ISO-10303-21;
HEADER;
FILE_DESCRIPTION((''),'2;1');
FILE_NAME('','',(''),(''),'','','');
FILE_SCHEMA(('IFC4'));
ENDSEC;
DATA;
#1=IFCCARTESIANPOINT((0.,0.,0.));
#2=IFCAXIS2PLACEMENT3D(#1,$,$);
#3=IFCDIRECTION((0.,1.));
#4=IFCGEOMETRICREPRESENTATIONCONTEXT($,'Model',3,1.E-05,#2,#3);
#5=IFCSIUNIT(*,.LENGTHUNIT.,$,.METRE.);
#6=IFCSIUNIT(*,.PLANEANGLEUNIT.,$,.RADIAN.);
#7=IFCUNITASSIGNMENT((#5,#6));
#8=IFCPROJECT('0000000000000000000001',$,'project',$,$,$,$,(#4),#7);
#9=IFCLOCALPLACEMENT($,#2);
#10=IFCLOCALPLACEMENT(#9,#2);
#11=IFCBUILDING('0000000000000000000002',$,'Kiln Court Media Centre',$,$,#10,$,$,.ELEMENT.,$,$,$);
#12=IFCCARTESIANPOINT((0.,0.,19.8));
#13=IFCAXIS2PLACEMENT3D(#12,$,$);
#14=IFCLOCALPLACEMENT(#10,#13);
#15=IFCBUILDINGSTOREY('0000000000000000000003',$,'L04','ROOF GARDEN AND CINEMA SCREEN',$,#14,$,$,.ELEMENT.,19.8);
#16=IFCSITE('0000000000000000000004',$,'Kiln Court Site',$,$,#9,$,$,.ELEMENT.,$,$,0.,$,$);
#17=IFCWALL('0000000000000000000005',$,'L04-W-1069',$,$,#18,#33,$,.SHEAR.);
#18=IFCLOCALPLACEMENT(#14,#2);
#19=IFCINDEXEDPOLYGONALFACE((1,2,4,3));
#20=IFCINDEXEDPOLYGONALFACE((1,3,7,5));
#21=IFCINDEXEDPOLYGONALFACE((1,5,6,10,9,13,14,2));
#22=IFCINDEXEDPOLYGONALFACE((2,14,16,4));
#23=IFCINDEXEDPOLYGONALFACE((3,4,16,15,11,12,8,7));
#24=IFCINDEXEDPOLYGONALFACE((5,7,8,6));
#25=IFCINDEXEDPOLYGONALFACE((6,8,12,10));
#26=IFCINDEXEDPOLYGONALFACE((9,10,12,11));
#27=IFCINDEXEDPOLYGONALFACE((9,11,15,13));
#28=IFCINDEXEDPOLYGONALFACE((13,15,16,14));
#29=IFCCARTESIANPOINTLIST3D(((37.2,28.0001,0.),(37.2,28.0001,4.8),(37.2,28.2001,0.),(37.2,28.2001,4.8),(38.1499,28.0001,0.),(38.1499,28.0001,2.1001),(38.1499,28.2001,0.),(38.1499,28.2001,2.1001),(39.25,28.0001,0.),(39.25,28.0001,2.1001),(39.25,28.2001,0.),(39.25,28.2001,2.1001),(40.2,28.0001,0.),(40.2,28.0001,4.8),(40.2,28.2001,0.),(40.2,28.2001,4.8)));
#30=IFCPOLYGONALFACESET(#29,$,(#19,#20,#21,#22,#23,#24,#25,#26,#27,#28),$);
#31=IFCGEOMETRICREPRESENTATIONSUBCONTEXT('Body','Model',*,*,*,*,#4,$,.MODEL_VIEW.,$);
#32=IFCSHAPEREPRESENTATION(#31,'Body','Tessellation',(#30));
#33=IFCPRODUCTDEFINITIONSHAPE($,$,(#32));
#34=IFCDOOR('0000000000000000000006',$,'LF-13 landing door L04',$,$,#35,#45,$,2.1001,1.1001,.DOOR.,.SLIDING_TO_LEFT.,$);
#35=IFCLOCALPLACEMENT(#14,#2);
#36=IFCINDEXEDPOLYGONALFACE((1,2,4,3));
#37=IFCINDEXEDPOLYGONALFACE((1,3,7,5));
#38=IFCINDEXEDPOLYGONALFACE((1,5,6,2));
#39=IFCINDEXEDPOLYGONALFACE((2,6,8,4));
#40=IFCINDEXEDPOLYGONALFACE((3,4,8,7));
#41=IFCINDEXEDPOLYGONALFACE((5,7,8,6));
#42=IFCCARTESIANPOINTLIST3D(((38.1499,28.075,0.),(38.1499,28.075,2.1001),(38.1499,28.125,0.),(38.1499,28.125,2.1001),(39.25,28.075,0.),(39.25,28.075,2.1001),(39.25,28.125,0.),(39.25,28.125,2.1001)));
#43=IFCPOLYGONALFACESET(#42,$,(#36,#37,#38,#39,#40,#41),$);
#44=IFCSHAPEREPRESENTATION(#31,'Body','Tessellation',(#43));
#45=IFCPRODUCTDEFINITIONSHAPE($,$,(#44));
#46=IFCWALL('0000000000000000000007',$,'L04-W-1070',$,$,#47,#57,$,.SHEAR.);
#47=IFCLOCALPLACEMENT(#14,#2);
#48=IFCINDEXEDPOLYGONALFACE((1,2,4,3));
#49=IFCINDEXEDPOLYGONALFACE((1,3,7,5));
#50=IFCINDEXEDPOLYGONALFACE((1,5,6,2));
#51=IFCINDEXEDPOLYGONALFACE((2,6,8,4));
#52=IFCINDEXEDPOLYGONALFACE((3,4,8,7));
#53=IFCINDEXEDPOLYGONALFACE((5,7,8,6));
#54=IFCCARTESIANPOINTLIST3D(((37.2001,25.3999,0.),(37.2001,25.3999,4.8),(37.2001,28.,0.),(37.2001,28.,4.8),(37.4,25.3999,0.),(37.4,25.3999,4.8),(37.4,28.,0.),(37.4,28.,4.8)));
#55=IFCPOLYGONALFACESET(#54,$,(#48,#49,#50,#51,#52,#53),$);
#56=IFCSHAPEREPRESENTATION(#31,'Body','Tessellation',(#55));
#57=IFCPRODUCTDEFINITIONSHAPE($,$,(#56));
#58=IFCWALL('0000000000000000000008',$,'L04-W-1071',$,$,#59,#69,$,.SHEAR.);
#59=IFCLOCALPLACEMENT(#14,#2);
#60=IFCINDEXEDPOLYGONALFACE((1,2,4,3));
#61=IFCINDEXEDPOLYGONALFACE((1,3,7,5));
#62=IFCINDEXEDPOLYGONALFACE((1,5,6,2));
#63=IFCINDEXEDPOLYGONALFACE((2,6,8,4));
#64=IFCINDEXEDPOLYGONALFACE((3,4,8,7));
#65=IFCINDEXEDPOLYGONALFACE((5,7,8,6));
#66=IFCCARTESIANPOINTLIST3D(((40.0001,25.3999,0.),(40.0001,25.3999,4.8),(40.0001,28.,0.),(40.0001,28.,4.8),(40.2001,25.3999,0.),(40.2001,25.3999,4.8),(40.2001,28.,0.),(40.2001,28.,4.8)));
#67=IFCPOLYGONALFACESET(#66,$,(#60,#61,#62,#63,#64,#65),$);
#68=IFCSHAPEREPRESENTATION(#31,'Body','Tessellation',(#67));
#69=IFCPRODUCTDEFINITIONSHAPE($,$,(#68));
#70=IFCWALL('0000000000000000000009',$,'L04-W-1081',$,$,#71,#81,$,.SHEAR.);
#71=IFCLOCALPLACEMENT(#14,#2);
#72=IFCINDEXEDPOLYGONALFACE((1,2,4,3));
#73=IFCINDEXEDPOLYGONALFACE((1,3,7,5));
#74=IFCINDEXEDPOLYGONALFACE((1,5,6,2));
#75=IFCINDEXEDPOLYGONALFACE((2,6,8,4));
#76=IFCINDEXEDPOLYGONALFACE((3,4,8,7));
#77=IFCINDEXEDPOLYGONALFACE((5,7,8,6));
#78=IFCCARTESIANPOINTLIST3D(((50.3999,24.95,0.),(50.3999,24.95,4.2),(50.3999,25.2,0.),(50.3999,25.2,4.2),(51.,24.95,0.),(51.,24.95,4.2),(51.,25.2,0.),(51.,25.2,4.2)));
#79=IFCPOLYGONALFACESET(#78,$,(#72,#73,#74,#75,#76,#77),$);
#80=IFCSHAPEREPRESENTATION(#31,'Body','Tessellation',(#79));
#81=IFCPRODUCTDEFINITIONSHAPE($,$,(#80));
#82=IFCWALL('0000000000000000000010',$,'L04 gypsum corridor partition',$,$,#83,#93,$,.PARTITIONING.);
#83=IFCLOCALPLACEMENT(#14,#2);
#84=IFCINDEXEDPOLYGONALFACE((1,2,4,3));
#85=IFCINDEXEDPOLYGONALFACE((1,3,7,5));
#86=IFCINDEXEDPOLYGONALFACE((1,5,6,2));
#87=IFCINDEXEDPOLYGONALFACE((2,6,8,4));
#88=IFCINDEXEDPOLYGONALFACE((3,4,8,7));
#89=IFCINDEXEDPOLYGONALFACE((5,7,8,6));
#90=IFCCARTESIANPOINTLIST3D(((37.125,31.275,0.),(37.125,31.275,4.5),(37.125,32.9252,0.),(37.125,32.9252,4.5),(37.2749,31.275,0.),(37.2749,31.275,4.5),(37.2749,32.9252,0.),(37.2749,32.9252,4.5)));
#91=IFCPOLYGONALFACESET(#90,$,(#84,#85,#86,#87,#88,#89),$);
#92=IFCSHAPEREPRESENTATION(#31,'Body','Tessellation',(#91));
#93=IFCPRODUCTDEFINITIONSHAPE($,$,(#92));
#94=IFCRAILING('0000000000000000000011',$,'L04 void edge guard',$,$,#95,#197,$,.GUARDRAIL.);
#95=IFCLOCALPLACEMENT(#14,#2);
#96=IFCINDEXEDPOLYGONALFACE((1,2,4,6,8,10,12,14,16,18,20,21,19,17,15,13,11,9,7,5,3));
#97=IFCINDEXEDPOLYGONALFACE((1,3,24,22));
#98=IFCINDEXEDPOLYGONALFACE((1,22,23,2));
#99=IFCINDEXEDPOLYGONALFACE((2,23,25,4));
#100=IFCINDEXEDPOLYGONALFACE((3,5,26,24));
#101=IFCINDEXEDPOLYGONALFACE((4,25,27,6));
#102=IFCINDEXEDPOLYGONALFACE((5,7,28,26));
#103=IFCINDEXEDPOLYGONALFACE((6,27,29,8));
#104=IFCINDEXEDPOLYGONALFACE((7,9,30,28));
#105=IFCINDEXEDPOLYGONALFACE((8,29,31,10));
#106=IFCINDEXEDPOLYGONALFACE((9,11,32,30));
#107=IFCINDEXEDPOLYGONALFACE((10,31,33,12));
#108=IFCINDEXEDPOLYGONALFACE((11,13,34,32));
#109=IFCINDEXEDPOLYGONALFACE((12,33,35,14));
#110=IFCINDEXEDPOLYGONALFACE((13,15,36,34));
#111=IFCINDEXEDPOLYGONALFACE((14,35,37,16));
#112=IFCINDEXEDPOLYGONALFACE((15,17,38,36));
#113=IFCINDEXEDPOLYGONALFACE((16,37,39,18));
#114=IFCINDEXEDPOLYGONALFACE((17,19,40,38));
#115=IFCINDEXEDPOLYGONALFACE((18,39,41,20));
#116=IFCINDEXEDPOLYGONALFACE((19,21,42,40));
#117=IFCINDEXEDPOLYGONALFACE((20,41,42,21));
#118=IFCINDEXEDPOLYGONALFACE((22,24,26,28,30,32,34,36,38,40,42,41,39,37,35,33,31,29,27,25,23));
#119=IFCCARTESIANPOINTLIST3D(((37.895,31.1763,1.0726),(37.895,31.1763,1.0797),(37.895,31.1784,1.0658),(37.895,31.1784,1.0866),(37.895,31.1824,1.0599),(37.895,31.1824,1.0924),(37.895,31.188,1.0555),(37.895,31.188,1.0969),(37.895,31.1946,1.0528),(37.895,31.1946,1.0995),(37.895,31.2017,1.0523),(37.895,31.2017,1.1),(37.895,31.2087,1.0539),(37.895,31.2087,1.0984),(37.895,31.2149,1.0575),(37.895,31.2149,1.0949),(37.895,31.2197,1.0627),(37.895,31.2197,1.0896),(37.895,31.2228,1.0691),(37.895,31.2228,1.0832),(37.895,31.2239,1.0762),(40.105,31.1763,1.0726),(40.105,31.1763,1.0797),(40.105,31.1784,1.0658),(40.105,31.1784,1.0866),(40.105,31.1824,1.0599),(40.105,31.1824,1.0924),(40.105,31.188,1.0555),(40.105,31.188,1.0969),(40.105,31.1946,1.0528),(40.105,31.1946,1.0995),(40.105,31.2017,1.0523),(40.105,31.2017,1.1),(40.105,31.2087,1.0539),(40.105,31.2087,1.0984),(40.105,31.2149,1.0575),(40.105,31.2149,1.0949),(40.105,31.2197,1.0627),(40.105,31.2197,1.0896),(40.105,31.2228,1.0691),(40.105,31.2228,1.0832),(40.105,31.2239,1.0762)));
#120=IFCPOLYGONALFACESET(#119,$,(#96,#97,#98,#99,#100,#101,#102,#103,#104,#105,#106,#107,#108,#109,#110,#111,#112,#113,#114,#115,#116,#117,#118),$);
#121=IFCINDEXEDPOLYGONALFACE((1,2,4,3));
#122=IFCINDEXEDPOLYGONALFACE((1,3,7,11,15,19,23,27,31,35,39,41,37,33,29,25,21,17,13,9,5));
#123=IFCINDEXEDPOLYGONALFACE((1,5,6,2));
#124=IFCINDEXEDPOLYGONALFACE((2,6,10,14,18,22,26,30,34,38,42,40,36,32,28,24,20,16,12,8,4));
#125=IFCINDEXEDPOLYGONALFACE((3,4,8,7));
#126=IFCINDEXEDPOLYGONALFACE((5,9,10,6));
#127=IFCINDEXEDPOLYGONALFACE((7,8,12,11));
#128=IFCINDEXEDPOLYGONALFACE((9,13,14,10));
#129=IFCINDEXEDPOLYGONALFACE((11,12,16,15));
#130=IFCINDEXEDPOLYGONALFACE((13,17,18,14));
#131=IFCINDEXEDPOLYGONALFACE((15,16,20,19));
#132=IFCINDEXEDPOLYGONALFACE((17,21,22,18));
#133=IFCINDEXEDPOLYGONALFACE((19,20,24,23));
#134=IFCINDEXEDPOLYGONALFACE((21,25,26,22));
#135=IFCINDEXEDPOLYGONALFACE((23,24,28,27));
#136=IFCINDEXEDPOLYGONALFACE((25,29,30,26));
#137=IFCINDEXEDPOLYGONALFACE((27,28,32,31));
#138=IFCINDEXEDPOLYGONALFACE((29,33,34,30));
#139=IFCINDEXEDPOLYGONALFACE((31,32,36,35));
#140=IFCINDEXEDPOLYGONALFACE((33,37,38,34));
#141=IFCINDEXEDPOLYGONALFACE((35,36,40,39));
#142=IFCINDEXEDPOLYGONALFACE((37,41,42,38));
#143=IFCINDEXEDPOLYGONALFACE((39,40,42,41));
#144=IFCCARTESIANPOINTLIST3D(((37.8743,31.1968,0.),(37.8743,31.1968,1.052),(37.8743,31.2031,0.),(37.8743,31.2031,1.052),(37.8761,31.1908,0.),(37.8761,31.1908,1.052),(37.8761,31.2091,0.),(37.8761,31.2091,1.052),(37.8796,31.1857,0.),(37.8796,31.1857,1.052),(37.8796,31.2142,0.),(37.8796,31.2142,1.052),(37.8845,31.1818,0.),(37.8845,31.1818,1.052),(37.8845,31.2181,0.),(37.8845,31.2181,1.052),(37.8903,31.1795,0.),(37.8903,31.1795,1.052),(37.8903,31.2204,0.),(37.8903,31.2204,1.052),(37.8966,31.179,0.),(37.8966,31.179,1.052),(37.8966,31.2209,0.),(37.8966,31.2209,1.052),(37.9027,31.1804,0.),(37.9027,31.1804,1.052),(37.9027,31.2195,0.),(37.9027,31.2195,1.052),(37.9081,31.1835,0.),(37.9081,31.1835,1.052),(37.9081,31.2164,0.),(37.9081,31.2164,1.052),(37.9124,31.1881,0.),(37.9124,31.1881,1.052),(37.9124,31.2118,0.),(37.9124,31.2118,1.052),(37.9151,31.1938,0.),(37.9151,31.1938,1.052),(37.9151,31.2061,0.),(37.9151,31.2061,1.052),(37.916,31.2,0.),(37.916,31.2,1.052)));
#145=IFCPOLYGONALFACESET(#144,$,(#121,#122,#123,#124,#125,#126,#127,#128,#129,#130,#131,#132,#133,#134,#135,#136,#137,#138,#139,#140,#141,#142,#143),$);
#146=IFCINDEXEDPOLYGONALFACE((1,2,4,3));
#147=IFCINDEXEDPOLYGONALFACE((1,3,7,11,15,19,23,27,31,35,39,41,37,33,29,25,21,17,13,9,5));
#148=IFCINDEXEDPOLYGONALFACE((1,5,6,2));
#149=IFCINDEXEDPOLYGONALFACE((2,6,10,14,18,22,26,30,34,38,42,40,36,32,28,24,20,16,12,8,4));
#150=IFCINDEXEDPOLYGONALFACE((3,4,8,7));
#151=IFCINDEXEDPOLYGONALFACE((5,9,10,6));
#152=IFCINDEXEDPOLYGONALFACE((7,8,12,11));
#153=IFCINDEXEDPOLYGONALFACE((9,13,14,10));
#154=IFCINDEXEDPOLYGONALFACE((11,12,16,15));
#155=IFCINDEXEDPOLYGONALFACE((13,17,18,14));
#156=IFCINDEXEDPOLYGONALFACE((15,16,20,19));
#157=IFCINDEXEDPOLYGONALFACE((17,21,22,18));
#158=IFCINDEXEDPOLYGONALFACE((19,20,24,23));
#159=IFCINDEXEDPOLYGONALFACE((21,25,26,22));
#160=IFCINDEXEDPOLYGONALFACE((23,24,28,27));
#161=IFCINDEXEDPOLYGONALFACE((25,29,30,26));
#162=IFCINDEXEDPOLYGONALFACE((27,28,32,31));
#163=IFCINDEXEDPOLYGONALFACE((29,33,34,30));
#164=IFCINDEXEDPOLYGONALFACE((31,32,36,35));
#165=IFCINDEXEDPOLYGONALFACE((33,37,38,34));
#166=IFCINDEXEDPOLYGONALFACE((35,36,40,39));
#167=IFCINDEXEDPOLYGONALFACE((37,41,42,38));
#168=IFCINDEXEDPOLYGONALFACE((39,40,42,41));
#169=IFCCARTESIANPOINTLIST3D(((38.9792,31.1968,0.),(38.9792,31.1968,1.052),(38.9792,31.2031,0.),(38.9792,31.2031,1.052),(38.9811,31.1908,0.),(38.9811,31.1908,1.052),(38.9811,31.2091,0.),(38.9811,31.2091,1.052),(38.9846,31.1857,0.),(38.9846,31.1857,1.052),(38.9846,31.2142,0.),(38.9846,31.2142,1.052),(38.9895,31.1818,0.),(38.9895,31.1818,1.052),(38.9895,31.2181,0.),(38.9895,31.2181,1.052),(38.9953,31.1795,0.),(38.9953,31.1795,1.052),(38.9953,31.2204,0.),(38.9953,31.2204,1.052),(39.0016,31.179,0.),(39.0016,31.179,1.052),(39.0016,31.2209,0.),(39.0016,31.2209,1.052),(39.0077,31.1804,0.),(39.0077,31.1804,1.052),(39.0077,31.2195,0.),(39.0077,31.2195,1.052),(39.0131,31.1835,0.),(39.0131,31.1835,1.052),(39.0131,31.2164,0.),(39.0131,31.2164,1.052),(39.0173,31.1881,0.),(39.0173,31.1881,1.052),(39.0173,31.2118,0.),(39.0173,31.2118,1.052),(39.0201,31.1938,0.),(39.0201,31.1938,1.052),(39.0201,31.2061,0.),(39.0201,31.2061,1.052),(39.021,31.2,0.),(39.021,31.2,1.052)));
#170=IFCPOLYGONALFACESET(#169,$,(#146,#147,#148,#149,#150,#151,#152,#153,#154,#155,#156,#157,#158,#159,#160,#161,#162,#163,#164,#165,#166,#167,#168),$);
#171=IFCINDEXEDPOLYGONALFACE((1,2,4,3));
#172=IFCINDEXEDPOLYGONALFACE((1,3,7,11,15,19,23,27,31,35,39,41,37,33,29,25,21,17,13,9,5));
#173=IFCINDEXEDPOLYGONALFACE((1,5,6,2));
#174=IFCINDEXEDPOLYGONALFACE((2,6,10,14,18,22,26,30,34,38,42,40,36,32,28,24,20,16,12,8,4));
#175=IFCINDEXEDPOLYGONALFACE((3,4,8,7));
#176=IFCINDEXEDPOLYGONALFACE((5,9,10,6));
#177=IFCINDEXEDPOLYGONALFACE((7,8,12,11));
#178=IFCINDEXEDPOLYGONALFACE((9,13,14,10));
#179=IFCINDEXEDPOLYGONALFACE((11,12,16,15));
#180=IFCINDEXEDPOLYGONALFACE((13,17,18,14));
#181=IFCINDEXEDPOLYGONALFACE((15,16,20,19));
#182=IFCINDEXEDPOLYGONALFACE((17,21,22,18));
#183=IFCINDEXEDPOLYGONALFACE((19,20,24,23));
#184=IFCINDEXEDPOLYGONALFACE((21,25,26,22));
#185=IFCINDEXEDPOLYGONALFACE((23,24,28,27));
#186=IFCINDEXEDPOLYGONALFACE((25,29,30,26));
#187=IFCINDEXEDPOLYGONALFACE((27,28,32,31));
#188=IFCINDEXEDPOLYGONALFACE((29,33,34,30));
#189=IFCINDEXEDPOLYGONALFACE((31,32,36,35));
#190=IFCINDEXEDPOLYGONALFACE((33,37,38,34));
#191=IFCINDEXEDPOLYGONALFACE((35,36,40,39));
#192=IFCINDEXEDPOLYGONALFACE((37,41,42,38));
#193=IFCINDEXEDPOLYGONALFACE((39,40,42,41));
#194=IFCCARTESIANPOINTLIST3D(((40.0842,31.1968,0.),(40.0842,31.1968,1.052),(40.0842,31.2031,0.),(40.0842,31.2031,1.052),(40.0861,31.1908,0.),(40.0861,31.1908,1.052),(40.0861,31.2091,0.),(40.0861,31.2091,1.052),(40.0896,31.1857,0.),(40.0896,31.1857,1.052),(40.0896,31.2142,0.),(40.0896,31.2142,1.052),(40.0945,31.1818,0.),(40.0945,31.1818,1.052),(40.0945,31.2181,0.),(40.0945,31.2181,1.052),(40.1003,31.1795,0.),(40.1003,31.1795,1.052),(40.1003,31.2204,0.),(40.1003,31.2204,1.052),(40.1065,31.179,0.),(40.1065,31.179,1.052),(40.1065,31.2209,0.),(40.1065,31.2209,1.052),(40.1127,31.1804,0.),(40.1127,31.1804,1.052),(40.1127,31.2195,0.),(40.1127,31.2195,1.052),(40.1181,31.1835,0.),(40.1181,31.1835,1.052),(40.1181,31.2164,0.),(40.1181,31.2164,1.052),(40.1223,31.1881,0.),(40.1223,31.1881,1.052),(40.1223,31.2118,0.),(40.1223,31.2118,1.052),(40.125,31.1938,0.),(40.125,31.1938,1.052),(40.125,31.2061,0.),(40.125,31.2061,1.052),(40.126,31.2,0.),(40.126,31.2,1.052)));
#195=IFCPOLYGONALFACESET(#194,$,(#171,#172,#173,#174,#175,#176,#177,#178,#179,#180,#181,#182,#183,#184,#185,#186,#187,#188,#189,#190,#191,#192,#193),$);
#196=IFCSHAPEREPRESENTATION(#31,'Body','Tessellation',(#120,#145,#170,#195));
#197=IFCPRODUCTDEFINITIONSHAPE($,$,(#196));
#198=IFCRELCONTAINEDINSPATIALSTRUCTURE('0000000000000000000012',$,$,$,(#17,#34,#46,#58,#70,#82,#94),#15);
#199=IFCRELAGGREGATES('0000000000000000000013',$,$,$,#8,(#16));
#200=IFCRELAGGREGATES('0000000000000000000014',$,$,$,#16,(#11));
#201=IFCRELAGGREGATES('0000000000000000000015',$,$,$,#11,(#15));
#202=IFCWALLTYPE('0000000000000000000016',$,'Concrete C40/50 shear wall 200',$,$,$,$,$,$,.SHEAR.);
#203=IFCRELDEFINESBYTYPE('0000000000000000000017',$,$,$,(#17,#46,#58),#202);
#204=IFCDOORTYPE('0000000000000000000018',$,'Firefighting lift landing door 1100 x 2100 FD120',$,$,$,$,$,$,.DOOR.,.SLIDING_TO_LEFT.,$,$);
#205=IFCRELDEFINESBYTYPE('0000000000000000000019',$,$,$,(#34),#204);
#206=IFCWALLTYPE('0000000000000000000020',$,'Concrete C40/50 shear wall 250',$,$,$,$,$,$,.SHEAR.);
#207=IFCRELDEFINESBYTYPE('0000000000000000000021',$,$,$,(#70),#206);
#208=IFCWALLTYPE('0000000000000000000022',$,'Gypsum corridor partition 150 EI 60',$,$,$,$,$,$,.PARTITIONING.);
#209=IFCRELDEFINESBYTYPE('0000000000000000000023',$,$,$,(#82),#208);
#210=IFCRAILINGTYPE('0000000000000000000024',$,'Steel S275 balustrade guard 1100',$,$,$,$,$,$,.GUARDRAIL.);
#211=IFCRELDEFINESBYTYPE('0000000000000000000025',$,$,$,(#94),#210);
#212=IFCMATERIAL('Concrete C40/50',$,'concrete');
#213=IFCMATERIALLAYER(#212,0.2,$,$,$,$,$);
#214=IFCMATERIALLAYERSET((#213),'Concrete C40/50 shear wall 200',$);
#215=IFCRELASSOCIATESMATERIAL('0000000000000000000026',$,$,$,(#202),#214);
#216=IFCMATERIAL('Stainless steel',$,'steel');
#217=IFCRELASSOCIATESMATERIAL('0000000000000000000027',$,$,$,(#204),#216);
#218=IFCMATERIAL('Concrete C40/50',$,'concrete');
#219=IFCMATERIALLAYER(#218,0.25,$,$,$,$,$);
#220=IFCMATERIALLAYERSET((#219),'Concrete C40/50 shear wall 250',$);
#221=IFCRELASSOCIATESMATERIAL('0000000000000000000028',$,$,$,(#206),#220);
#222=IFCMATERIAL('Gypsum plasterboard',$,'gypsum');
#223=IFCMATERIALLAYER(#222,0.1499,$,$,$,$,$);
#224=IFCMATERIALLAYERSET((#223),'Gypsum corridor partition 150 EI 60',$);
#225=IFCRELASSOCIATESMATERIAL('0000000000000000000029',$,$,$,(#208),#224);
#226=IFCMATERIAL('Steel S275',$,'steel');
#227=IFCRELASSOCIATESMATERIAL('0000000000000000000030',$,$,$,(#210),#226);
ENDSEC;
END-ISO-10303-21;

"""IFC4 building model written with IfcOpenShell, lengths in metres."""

from ifc_helpers import new_model, si_unit, direction, frame, frame_2d, origin, origin_2d, place, context, subcontext, project, spatial, rectangle, circle, extrude, material, layer, layer_set, type_object, element, fill, save


model = new_model("IFC4")

# Units and contexts
model_context = context("Model", 3, precision=1e-05, world=origin(), true_north=direction((0.0, 1.0)))
body_context = subcontext(model_context, "Body", "Model", "MODEL_VIEW")
ifc_project = project(units=[si_unit("LENGTHUNIT", "METRE"), si_unit("PLANEANGLEUNIT", "RADIAN")], contexts=[model_context])

# Site, building, storey
site_placement = place(None, origin())
site = spatial("IfcSite", under=ifc_project, at=site_placement, Name="Kiln Court Site", CompositionType="ELEMENT", RefElevation=0.0)
building_placement = place(site_placement, origin())
building = spatial("IfcBuilding", under=site, at=building_placement, Name="Kiln Court Media Centre", CompositionType="ELEMENT")
storey_placement = place(building_placement, frame((0.0, 0.0, 19.8)))
storey = spatial("IfcBuildingStorey", under=building, at=storey_placement, Name="L04", Description="ROOF GARDEN AND CINEMA SCREEN", CompositionType="ELEMENT", Elevation=19.8)

# Shared definitions
ifc_material_1 = material(Name="Concrete C40/50", Category="concrete")
ifc_layer_1 = layer(ifc_material_1, 0.2)
ifc_layer_set_1 = layer_set([ifc_layer_1], Name="Concrete C40/50 shear wall 200")
wall_type_1 = type_object("IfcWallType", Name="Concrete C40/50 shear wall 200", PredefinedType="SHEAR", material=ifc_layer_set_1)

# Wall, opening, door
wall_1_placement = place(storey_placement, frame((37.2, 28.1001, 0.0), z_axis=(0.0, 0.0, 1.0), x_axis=(1.0, 0.0, 0.0)))
wall_1 = element("IfcWall", 1, at=wall_1_placement, inside=storey, type_object=wall_type_1, Name="L04-W-1069", PredefinedType="SHEAR", context=body_context, shape_type="SweptSolid", body=[
    extrude(rectangle(XDim=3.0, YDim=0.2, at=frame_2d((1.5, 0.0))), origin(), (0.0, 0.0, 1.0), 4.8),
])
opening_1_placement = place(wall_1_placement, frame((0.95, 0.0, 0.0)))
opening_1 = element("IfcOpeningElement", 2, at=opening_1_placement, cuts=wall_1, PredefinedType="OPENING", context=body_context, shape_type="SweptSolid", body=[
    extrude(rectangle(XDim=1.1001, YDim=2.1001, at=frame_2d((0.55, 1.05))), frame((0.0, 0.1099, 0.0), z_axis=(0.0, -1.0, 0.0), x_axis=(1.0, 0.0, 0.0)), (0.0, 0.0, 1.0), 0.22),
])
ifc_material_2 = material(Name="Stainless steel", Category="steel")
door_type_1 = type_object("IfcDoorType", Name="Firefighting lift landing door 1100 x 2100 FD120", OperationType="SLIDING_TO_LEFT", PredefinedType="DOOR", material=ifc_material_2)
door_1_placement = place(opening_1_placement, origin())
door_1 = element("IfcDoor", 3, at=door_1_placement, inside=storey, type_object=door_type_1, Name="LF-13 landing door L04", OperationType="SLIDING_TO_LEFT", OverallHeight=2.1001, OverallWidth=1.1001, PredefinedType="DOOR", context=body_context, shape_type="SweptSolid", body=[
    extrude(rectangle(XDim=1.1001, YDim=2.1001, at=frame_2d((0.55, 1.05))), frame((0.0, 0.0249, 0.0), z_axis=(0.0, -1.0, 0.0), x_axis=(1.0, 0.0, 0.0)), (0.0, 0.0, 1.0), 0.05),
])
fill(opening_1, door_1)

# Walls
for number, where, z_axis, x_axis, name in (
    (4, (37.3, 25.3999, 0.0), (0.0, 0.0, 1.0), (0.0, 1.0, 0.0), "L04-W-1070"),
    (5, (40.1001, 28.0, 0.0), (0.0, 0.0, 1.0), (0.0, -1.0, 0.0), "L04-W-1071"),
):
    element("IfcWall", number, at=place(storey_placement, frame(where, z_axis=z_axis, x_axis=x_axis)), inside=storey, type_object=wall_type_1, Name=name, PredefinedType="SHEAR", context=body_context, shape_type="SweptSolid", body=[
        extrude(rectangle(XDim=2.6001, YDim=0.2, at=frame_2d((1.3, 0.0))), origin(), (0.0, 0.0, 1.0), 4.8),
    ])
ifc_material_3 = material(Name="Concrete C40/50", Category="concrete")
ifc_layer_2 = layer(ifc_material_3, 0.25)
ifc_layer_set_2 = layer_set([ifc_layer_2], Name="Concrete C40/50 shear wall 250")
wall_type_2 = type_object("IfcWallType", Name="Concrete C40/50 shear wall 250", PredefinedType="SHEAR", material=ifc_layer_set_2)
wall_2_placement = place(storey_placement, frame((50.3999, 25.075, 0.0), z_axis=(0.0, 0.0, 1.0), x_axis=(1.0, 0.0, 0.0)))
element("IfcWall", 6, at=wall_2_placement, inside=storey, type_object=wall_type_2, Name="L04-W-1081", PredefinedType="SHEAR", context=body_context, shape_type="SweptSolid", body=[
    extrude(rectangle(XDim=0.6001, YDim=0.25, at=frame_2d((0.3, 0.0))), origin(), (0.0, 0.0, 1.0), 4.2),
])
ifc_material_4 = material(Name="Gypsum plasterboard", Category="gypsum")
ifc_layer_3 = layer(ifc_material_4, 0.1499)
ifc_layer_set_3 = layer_set([ifc_layer_3], Name="Gypsum corridor partition 150 EI 60")
wall_type_3 = type_object("IfcWallType", Name="Gypsum corridor partition 150 EI 60", PredefinedType="PARTITIONING", material=ifc_layer_set_3)
wall_3_placement = place(storey_placement, frame((37.2, 31.2749, 0.0), z_axis=(0.0, 0.0, 1.0), x_axis=(0.0, 1.0, 0.0)))
element("IfcWall", 7, at=wall_3_placement, inside=storey, type_object=wall_type_3, Name="L04 gypsum corridor partition", PredefinedType="PARTITIONING", context=body_context, shape_type="SweptSolid", body=[
    extrude(rectangle(XDim=1.6501, YDim=0.1499, at=frame_2d((0.8252, 0.0))), origin(), (0.0, 0.0, 1.0), 4.5),
])

# Railing
ifc_material_5 = material(Name="Steel S275", Category="steel")
railing_type_1 = type_object("IfcRailingType", Name="Steel S275 balustrade guard 1100", PredefinedType="GUARDRAIL", material=ifc_material_5)
railing_1_placement = place(storey_placement, frame((37.895, 31.2, 0.0)))
element("IfcRailing", 8, at=railing_1_placement, inside=storey, type_object=railing_type_1, Name="L04 void edge guard", PredefinedType="GUARDRAIL", context=body_context, shape_type="SweptSolid", body=[
    extrude(circle(Radius=0.0239, at=origin_2d()), frame((0.0, 0.0, 1.0762), z_axis=(1.0, 0.0, 0.0), x_axis=(0.0, 1.0, 0.0)), (0.0, 0.0, 1.0), 2.21),
    extrude(circle(Radius=0.021, at=origin_2d()), origin(), (0.0, 0.0, 1.0), 1.052),
    extrude(circle(Radius=0.021, at=origin_2d()), frame((1.105, 0.0, 0.0)), (0.0, 0.0, 1.0), 1.052),
    extrude(circle(Radius=0.021, at=origin_2d()), frame((2.21, 0.0, 0.0)), (0.0, 0.0, 1.0), 1.052),
])

save(model, "model.ifc")
